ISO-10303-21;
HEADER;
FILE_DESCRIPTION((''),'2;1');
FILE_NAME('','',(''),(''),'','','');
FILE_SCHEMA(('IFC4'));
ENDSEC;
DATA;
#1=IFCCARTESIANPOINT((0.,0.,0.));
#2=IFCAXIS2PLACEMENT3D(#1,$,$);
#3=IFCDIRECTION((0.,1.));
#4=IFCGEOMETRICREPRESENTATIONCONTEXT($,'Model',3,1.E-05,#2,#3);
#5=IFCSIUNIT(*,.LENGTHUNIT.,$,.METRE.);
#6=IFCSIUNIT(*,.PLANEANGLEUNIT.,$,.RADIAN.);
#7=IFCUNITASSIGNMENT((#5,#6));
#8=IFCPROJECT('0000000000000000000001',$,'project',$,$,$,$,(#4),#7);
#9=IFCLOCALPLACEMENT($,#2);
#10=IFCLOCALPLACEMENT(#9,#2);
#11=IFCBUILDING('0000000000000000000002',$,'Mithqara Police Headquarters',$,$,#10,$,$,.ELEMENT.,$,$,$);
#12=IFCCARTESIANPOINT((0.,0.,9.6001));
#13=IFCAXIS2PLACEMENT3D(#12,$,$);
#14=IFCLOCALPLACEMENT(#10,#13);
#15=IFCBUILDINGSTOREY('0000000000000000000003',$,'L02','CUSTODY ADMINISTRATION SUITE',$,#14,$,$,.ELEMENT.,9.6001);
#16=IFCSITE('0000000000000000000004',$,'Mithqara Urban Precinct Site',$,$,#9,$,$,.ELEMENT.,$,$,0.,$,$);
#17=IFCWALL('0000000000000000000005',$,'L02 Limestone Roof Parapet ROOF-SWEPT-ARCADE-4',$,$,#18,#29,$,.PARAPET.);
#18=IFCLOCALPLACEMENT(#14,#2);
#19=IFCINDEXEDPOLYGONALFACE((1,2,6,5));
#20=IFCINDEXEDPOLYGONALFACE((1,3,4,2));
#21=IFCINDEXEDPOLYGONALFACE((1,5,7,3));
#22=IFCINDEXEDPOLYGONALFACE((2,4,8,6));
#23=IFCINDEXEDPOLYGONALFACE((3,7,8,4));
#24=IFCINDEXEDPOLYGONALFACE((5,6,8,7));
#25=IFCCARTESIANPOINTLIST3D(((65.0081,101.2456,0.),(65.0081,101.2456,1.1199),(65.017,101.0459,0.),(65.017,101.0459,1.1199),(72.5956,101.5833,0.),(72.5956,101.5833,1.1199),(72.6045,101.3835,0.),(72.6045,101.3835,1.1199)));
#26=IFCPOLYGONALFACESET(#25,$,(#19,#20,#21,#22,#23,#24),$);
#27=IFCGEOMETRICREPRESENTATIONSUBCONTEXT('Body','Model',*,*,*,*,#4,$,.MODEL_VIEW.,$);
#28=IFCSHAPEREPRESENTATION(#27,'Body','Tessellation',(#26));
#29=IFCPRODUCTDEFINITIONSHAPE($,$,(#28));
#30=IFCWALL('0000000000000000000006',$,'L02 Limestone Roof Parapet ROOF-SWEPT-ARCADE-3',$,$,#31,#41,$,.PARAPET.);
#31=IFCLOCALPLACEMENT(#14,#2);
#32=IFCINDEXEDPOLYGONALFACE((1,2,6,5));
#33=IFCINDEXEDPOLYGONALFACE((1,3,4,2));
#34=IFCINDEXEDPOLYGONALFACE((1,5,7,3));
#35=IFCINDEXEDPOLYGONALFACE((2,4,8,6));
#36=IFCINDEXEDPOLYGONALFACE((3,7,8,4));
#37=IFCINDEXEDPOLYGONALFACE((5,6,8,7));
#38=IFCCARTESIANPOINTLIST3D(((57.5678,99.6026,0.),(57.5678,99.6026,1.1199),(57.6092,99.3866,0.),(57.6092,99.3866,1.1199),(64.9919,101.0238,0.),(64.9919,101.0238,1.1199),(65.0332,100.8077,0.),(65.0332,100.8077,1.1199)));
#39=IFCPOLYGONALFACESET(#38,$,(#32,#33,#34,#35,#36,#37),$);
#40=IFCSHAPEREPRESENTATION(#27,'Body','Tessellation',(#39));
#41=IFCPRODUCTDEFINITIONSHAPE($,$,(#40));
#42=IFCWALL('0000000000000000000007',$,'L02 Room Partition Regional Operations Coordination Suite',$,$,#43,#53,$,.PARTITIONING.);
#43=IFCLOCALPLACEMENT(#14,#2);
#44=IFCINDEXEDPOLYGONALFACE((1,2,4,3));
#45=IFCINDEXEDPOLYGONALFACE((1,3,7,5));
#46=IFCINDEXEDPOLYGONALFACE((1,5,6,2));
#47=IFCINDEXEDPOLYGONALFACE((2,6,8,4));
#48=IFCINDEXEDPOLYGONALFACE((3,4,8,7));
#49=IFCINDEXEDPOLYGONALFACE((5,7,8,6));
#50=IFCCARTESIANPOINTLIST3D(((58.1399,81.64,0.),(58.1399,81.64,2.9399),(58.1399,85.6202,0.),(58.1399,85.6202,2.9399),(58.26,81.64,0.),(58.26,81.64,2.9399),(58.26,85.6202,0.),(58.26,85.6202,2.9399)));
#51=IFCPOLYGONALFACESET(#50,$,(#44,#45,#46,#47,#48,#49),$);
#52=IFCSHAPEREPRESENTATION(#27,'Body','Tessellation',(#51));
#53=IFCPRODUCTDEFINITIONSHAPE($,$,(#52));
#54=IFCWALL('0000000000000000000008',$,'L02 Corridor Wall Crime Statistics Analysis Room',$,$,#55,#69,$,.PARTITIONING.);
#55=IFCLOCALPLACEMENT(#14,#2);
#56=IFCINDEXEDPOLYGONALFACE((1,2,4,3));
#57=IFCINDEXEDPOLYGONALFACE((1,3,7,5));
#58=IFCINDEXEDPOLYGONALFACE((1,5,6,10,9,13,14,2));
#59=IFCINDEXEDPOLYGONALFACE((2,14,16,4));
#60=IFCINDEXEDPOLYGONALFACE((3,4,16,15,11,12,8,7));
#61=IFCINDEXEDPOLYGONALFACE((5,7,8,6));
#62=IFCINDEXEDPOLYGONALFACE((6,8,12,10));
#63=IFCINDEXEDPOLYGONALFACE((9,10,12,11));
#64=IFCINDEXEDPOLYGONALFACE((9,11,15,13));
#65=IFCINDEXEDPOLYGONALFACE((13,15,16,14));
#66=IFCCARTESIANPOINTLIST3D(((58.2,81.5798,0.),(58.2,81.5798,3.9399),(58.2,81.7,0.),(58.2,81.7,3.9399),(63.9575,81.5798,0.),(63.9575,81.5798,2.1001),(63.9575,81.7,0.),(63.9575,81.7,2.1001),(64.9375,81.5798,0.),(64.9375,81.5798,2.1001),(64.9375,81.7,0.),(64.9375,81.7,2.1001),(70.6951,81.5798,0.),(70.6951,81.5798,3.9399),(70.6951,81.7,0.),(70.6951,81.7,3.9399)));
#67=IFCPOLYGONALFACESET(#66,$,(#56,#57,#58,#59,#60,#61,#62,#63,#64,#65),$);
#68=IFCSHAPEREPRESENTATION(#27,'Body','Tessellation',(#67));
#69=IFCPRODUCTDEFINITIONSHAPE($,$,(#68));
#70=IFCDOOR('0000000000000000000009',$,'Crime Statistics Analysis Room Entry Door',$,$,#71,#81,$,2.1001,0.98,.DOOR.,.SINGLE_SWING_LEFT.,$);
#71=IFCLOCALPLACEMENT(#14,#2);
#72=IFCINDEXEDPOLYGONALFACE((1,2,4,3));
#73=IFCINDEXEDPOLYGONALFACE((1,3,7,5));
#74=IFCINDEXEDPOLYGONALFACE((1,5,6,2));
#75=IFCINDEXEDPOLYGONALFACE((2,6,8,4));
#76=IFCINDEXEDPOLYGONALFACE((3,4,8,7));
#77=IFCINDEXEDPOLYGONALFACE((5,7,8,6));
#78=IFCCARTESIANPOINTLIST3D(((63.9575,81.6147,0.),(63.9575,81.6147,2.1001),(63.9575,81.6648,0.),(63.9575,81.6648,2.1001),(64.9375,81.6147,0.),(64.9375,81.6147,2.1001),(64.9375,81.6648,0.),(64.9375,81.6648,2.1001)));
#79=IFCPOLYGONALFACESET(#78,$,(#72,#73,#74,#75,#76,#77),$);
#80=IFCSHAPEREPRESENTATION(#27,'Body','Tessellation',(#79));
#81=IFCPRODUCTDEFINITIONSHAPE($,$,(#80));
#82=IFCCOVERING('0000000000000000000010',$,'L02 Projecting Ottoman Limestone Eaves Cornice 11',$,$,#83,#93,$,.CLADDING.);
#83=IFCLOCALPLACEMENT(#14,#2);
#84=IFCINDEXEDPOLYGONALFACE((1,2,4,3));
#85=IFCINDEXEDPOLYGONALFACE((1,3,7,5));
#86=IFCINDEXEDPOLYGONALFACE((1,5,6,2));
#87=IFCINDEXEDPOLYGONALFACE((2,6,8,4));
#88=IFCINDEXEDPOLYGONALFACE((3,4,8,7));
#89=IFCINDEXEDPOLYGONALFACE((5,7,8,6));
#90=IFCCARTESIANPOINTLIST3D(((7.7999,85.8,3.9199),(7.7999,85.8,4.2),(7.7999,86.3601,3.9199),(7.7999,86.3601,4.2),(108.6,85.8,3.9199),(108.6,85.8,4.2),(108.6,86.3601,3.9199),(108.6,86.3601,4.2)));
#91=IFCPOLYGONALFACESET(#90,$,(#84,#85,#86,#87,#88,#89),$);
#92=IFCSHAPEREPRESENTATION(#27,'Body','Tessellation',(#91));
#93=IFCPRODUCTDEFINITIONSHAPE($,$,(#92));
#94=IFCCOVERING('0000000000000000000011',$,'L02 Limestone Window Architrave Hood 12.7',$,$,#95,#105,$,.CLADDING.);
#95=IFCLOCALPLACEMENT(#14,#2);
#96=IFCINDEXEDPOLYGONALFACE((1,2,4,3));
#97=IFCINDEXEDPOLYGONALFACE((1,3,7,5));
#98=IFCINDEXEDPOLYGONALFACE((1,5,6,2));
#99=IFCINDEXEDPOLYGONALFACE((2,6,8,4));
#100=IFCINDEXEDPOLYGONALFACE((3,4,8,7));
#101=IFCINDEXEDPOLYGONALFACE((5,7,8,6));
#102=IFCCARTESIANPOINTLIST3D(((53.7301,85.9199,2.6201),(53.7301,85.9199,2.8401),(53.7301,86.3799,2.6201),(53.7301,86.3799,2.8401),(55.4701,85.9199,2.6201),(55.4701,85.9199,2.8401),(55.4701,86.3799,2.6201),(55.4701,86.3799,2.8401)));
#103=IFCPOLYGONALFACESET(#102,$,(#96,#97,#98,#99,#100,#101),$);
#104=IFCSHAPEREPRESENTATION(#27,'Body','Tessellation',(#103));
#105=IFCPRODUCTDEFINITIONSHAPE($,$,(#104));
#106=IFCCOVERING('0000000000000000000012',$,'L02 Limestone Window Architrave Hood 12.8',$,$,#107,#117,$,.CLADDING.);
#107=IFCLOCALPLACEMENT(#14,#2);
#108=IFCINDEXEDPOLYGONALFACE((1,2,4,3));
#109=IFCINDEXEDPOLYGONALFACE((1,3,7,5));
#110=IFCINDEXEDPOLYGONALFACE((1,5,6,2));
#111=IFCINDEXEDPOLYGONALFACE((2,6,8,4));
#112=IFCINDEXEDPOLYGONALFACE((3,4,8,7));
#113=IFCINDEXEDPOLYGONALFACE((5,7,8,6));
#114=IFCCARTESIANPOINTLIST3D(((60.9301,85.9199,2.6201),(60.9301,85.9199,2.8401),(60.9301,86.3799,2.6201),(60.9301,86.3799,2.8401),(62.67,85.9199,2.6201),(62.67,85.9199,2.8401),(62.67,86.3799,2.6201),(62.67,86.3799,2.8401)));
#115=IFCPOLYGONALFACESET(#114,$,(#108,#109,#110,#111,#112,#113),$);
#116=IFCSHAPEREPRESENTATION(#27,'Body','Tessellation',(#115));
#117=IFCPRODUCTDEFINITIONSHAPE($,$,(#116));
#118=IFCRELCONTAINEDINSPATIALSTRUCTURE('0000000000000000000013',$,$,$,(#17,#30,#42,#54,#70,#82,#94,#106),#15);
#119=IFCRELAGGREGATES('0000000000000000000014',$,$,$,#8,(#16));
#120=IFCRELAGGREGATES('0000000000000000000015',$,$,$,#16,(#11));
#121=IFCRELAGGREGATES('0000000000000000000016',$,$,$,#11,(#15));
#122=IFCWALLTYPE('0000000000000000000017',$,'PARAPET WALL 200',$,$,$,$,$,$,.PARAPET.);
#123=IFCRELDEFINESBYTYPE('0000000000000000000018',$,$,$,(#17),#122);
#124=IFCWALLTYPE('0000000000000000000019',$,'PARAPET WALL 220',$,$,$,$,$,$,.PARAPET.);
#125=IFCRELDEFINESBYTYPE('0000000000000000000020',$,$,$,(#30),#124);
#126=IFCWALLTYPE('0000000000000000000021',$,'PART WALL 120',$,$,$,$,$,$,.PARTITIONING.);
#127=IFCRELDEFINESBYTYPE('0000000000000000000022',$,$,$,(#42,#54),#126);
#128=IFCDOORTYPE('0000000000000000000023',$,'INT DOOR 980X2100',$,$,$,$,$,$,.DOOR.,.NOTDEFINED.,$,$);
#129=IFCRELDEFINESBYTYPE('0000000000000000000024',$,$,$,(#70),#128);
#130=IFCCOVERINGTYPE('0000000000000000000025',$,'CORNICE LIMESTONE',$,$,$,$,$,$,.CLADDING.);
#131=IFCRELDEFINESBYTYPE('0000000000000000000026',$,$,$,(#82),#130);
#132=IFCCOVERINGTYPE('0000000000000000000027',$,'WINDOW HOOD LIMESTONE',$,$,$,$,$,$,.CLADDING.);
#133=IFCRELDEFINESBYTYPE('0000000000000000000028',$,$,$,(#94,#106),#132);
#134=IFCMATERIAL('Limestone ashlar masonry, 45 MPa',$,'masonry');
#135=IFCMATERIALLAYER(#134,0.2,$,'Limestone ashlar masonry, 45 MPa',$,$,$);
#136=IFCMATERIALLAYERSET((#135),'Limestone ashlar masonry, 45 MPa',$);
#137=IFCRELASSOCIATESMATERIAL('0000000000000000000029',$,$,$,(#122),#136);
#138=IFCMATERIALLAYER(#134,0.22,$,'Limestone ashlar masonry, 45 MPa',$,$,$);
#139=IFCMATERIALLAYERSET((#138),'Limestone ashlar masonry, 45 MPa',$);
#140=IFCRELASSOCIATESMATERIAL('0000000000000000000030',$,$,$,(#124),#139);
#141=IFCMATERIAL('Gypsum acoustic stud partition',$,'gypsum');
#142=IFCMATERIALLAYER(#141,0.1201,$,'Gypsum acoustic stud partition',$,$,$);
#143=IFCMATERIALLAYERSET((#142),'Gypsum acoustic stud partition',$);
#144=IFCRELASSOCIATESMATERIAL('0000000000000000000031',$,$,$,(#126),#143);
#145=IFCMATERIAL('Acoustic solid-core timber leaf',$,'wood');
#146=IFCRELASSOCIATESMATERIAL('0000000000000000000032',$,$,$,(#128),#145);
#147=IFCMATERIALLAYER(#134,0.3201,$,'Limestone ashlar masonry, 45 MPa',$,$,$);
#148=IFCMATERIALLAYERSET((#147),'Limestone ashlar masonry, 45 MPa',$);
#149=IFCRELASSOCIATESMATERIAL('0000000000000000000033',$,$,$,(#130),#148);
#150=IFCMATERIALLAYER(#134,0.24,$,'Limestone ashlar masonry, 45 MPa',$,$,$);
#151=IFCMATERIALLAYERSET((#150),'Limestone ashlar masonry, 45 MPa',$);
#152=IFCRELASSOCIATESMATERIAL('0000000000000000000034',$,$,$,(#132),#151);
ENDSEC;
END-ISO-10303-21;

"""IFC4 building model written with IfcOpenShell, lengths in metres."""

from ifc_helpers import new_model, si_unit, direction, frame, frame_2d, origin, origin_2d, place, context, subcontext, project, spatial, rectangle, extrude, material, layer, layer_set, type_object, element, fill, save


model = new_model("IFC4")

# Units and contexts
model_context = context("Model", 3, precision=1e-05, world=origin(), true_north=direction((0.0, 1.0)))
body_context = subcontext(model_context, "Body", "Model", "MODEL_VIEW")
ifc_project = project(units=[si_unit("LENGTHUNIT", "METRE"), si_unit("PLANEANGLEUNIT", "RADIAN")], contexts=[model_context])

# Site, building, storey
site_placement = place(None, origin())
site = spatial("IfcSite", under=ifc_project, at=site_placement, Name="Mithqara Urban Precinct Site", CompositionType="ELEMENT", RefElevation=0.0)
building_placement = place(site_placement, origin())
building = spatial("IfcBuilding", under=site, at=building_placement, Name="Mithqara Police Headquarters", CompositionType="ELEMENT")
storey_placement = place(building_placement, frame((0.0, 0.0, 9.6001)))
storey = spatial("IfcBuildingStorey", under=building, at=storey_placement, Name="L02", Description="CUSTODY ADMINISTRATION SUITE", CompositionType="ELEMENT", Elevation=9.6001)

# Walls
ifc_material_1 = material(Name="Limestone ashlar masonry, 45 MPa", Category="masonry")
ifc_layer_1 = layer(ifc_material_1, 0.2, Name="Limestone ashlar masonry, 45 MPa")
ifc_layer_set_1 = layer_set([ifc_layer_1], Name="Limestone ashlar masonry, 45 MPa")
wall_type_1 = type_object("IfcWallType", Name="PARAPET WALL 200", PredefinedType="PARAPET", material=ifc_layer_set_1)
wall_1_placement = place(storey_placement, frame((65.0127, 101.1458, 0.0), z_axis=(0.0, 0.0, 1.0), x_axis=(0.999011, 0.044457, 0.0)))
element("IfcWall", 1, at=wall_1_placement, inside=storey, type_object=wall_type_1, Name="L02 Limestone Roof Parapet ROOF-SWEPT-ARCADE-4", PredefinedType="PARAPET", context=body_context, shape_type="SweptSolid", body=[
    extrude(rectangle(XDim=7.595, YDim=0.2, at=frame_2d((3.7974, 0.0))), origin(), (0.0, 0.0, 1.0), 1.1199),
])
ifc_layer_2 = layer(ifc_material_1, 0.22, Name="Limestone ashlar masonry, 45 MPa")
ifc_layer_set_2 = layer_set([ifc_layer_2], Name="Limestone ashlar masonry, 45 MPa")
wall_type_2 = type_object("IfcWallType", Name="PARAPET WALL 220", PredefinedType="PARAPET", material=ifc_layer_set_2)
wall_2_placement = place(storey_placement, frame((57.5886, 99.4946, 0.0), z_axis=(0.0, 0.0, 1.0), x_axis=(0.982167, 0.18801, 0.0)))
element("IfcWall", 2, at=wall_2_placement, inside=storey, type_object=wall_type_2, Name="L02 Limestone Roof Parapet ROOF-SWEPT-ARCADE-3", PredefinedType="PARAPET", context=body_context, shape_type="SweptSolid", body=[
    extrude(rectangle(XDim=7.5588, YDim=0.22, at=frame_2d((3.7793, 0.0))), origin(), (0.0, 0.0, 1.0), 1.1199),
])
ifc_material_2 = material(Name="Gypsum acoustic stud partition", Category="gypsum")
ifc_layer_3 = layer(ifc_material_2, 0.1201, Name="Gypsum acoustic stud partition")
ifc_layer_set_3 = layer_set([ifc_layer_3], Name="Gypsum acoustic stud partition")
wall_type_3 = type_object("IfcWallType", Name="PART WALL 120", PredefinedType="PARTITIONING", material=ifc_layer_set_3)
wall_3_placement = place(storey_placement, frame((58.2, 81.6399, 0.0), z_axis=(0.0, 0.0, 1.0), x_axis=(0.0, 1.0, 0.0)))
element("IfcWall", 3, at=wall_3_placement, inside=storey, type_object=wall_type_3, Name="L02 Room Partition Regional Operations Coordination Suite", PredefinedType="PARTITIONING", context=body_context, shape_type="SweptSolid", body=[
    extrude(rectangle(XDim=3.9802, YDim=0.1201, at=frame_2d((1.9902, 0.0))), origin(), (0.0, 0.0, 1.0), 2.9399),
])

# Wall, opening, door
wall_4_placement = place(storey_placement, frame((58.2, 81.6399, 0.0), z_axis=(0.0, 0.0, 1.0), x_axis=(1.0, 0.0, 0.0)))
wall_4 = element("IfcWall", 4, at=wall_4_placement, inside=storey, type_object=wall_type_3, Name="L02 Corridor Wall Crime Statistics Analysis Room", PredefinedType="PARTITIONING", context=body_context, shape_type="SweptSolid", body=[
    extrude(rectangle(XDim=12.4951, YDim=0.1201, at=frame_2d((6.2476, 0.0))), origin(), (0.0, 0.0, 1.0), 3.9399),
])
opening_placement = place(wall_4_placement, frame((5.7576, 0.0, 0.0)))
opening = element("IfcOpeningElement", 5, at=opening_placement, cuts=wall_4, PredefinedType="OPENING", context=body_context, shape_type="SweptSolid", body=[
    extrude(rectangle(XDim=0.98, YDim=2.1001, at=frame_2d((0.49, 1.05))), frame((0.0, 0.0701, 0.0), z_axis=(0.0, -1.0, 0.0), x_axis=(1.0, 0.0, 0.0)), (0.0, 0.0, 1.0), 0.1401),
])
ifc_material_3 = material(Name="Acoustic solid-core timber leaf", Category="wood")
door_type = type_object("IfcDoorType", Name="INT DOOR 980X2100", OperationType="NOTDEFINED", PredefinedType="DOOR", material=ifc_material_3)
door_placement = place(opening_placement, origin())
door = element("IfcDoor", 6, at=door_placement, inside=storey, type_object=door_type, Name="Crime Statistics Analysis Room Entry Door", OperationType="SINGLE_SWING_LEFT", OverallHeight=2.1001, OverallWidth=0.98, PredefinedType="DOOR", context=body_context, shape_type="SweptSolid", body=[
    extrude(rectangle(XDim=0.98, YDim=2.1001, at=frame_2d((0.49, 1.05))), frame((0.0, 0.0249, 0.0), z_axis=(0.0, -1.0, 0.0), x_axis=(1.0, 0.0, 0.0)), (0.0, 0.0, 1.0), 0.05),
])
fill(opening, door)

# Coverings
ifc_layer_4 = layer(ifc_material_1, 0.3201, Name="Limestone ashlar masonry, 45 MPa")
ifc_layer_set_4 = layer_set([ifc_layer_4], Name="Limestone ashlar masonry, 45 MPa")
covering_type_1 = type_object("IfcCoveringType", Name="CORNICE LIMESTONE", PredefinedType="CLADDING", material=ifc_layer_set_4)
covering_placement = place(storey_placement, frame((58.2, 86.0801, 3.9199), z_axis=(0.0, 0.0, 1.0), x_axis=(1.0, 0.0, 0.0)))
element("IfcCovering", 7, at=covering_placement, inside=storey, type_object=covering_type_1, Name="L02 Projecting Ottoman Limestone Eaves Cornice 11", PredefinedType="CLADDING", context=body_context, shape_type="SweptSolid", body=[
    extrude(rectangle(XDim=100.8, YDim=0.5601, at=origin_2d()), origin(), (0.0, 0.0, 1.0), 0.28),
])
ifc_layer_5 = layer(ifc_material_1, 0.24, Name="Limestone ashlar masonry, 45 MPa")
ifc_layer_set_5 = layer_set([ifc_layer_5], Name="Limestone ashlar masonry, 45 MPa")
covering_type_2 = type_object("IfcCoveringType", Name="WINDOW HOOD LIMESTONE", PredefinedType="CLADDING", material=ifc_layer_set_5)
for number, where, z_axis, x_axis, name in (
    (8, (54.6001, 86.1499, 2.6201), (0.0, 0.0, 1.0), (1.0, 0.0, 0.0), "L02 Limestone Window Architrave Hood 12.7"),
    (9, (61.8, 86.1499, 2.6201), (0.0, 0.0, 1.0), (1.0, 0.0, 0.0), "L02 Limestone Window Architrave Hood 12.8"),
):
    element("IfcCovering", number, at=place(storey_placement, frame(where, z_axis=z_axis, x_axis=x_axis)), inside=storey, type_object=covering_type_2, Name=name, PredefinedType="CLADDING", context=body_context, shape_type="SweptSolid", body=[
        extrude(rectangle(XDim=1.74, YDim=0.46, at=origin_2d()), origin(), (0.0, 0.0, 1.0), 0.22),
    ])

save(model, "model.ifc")
